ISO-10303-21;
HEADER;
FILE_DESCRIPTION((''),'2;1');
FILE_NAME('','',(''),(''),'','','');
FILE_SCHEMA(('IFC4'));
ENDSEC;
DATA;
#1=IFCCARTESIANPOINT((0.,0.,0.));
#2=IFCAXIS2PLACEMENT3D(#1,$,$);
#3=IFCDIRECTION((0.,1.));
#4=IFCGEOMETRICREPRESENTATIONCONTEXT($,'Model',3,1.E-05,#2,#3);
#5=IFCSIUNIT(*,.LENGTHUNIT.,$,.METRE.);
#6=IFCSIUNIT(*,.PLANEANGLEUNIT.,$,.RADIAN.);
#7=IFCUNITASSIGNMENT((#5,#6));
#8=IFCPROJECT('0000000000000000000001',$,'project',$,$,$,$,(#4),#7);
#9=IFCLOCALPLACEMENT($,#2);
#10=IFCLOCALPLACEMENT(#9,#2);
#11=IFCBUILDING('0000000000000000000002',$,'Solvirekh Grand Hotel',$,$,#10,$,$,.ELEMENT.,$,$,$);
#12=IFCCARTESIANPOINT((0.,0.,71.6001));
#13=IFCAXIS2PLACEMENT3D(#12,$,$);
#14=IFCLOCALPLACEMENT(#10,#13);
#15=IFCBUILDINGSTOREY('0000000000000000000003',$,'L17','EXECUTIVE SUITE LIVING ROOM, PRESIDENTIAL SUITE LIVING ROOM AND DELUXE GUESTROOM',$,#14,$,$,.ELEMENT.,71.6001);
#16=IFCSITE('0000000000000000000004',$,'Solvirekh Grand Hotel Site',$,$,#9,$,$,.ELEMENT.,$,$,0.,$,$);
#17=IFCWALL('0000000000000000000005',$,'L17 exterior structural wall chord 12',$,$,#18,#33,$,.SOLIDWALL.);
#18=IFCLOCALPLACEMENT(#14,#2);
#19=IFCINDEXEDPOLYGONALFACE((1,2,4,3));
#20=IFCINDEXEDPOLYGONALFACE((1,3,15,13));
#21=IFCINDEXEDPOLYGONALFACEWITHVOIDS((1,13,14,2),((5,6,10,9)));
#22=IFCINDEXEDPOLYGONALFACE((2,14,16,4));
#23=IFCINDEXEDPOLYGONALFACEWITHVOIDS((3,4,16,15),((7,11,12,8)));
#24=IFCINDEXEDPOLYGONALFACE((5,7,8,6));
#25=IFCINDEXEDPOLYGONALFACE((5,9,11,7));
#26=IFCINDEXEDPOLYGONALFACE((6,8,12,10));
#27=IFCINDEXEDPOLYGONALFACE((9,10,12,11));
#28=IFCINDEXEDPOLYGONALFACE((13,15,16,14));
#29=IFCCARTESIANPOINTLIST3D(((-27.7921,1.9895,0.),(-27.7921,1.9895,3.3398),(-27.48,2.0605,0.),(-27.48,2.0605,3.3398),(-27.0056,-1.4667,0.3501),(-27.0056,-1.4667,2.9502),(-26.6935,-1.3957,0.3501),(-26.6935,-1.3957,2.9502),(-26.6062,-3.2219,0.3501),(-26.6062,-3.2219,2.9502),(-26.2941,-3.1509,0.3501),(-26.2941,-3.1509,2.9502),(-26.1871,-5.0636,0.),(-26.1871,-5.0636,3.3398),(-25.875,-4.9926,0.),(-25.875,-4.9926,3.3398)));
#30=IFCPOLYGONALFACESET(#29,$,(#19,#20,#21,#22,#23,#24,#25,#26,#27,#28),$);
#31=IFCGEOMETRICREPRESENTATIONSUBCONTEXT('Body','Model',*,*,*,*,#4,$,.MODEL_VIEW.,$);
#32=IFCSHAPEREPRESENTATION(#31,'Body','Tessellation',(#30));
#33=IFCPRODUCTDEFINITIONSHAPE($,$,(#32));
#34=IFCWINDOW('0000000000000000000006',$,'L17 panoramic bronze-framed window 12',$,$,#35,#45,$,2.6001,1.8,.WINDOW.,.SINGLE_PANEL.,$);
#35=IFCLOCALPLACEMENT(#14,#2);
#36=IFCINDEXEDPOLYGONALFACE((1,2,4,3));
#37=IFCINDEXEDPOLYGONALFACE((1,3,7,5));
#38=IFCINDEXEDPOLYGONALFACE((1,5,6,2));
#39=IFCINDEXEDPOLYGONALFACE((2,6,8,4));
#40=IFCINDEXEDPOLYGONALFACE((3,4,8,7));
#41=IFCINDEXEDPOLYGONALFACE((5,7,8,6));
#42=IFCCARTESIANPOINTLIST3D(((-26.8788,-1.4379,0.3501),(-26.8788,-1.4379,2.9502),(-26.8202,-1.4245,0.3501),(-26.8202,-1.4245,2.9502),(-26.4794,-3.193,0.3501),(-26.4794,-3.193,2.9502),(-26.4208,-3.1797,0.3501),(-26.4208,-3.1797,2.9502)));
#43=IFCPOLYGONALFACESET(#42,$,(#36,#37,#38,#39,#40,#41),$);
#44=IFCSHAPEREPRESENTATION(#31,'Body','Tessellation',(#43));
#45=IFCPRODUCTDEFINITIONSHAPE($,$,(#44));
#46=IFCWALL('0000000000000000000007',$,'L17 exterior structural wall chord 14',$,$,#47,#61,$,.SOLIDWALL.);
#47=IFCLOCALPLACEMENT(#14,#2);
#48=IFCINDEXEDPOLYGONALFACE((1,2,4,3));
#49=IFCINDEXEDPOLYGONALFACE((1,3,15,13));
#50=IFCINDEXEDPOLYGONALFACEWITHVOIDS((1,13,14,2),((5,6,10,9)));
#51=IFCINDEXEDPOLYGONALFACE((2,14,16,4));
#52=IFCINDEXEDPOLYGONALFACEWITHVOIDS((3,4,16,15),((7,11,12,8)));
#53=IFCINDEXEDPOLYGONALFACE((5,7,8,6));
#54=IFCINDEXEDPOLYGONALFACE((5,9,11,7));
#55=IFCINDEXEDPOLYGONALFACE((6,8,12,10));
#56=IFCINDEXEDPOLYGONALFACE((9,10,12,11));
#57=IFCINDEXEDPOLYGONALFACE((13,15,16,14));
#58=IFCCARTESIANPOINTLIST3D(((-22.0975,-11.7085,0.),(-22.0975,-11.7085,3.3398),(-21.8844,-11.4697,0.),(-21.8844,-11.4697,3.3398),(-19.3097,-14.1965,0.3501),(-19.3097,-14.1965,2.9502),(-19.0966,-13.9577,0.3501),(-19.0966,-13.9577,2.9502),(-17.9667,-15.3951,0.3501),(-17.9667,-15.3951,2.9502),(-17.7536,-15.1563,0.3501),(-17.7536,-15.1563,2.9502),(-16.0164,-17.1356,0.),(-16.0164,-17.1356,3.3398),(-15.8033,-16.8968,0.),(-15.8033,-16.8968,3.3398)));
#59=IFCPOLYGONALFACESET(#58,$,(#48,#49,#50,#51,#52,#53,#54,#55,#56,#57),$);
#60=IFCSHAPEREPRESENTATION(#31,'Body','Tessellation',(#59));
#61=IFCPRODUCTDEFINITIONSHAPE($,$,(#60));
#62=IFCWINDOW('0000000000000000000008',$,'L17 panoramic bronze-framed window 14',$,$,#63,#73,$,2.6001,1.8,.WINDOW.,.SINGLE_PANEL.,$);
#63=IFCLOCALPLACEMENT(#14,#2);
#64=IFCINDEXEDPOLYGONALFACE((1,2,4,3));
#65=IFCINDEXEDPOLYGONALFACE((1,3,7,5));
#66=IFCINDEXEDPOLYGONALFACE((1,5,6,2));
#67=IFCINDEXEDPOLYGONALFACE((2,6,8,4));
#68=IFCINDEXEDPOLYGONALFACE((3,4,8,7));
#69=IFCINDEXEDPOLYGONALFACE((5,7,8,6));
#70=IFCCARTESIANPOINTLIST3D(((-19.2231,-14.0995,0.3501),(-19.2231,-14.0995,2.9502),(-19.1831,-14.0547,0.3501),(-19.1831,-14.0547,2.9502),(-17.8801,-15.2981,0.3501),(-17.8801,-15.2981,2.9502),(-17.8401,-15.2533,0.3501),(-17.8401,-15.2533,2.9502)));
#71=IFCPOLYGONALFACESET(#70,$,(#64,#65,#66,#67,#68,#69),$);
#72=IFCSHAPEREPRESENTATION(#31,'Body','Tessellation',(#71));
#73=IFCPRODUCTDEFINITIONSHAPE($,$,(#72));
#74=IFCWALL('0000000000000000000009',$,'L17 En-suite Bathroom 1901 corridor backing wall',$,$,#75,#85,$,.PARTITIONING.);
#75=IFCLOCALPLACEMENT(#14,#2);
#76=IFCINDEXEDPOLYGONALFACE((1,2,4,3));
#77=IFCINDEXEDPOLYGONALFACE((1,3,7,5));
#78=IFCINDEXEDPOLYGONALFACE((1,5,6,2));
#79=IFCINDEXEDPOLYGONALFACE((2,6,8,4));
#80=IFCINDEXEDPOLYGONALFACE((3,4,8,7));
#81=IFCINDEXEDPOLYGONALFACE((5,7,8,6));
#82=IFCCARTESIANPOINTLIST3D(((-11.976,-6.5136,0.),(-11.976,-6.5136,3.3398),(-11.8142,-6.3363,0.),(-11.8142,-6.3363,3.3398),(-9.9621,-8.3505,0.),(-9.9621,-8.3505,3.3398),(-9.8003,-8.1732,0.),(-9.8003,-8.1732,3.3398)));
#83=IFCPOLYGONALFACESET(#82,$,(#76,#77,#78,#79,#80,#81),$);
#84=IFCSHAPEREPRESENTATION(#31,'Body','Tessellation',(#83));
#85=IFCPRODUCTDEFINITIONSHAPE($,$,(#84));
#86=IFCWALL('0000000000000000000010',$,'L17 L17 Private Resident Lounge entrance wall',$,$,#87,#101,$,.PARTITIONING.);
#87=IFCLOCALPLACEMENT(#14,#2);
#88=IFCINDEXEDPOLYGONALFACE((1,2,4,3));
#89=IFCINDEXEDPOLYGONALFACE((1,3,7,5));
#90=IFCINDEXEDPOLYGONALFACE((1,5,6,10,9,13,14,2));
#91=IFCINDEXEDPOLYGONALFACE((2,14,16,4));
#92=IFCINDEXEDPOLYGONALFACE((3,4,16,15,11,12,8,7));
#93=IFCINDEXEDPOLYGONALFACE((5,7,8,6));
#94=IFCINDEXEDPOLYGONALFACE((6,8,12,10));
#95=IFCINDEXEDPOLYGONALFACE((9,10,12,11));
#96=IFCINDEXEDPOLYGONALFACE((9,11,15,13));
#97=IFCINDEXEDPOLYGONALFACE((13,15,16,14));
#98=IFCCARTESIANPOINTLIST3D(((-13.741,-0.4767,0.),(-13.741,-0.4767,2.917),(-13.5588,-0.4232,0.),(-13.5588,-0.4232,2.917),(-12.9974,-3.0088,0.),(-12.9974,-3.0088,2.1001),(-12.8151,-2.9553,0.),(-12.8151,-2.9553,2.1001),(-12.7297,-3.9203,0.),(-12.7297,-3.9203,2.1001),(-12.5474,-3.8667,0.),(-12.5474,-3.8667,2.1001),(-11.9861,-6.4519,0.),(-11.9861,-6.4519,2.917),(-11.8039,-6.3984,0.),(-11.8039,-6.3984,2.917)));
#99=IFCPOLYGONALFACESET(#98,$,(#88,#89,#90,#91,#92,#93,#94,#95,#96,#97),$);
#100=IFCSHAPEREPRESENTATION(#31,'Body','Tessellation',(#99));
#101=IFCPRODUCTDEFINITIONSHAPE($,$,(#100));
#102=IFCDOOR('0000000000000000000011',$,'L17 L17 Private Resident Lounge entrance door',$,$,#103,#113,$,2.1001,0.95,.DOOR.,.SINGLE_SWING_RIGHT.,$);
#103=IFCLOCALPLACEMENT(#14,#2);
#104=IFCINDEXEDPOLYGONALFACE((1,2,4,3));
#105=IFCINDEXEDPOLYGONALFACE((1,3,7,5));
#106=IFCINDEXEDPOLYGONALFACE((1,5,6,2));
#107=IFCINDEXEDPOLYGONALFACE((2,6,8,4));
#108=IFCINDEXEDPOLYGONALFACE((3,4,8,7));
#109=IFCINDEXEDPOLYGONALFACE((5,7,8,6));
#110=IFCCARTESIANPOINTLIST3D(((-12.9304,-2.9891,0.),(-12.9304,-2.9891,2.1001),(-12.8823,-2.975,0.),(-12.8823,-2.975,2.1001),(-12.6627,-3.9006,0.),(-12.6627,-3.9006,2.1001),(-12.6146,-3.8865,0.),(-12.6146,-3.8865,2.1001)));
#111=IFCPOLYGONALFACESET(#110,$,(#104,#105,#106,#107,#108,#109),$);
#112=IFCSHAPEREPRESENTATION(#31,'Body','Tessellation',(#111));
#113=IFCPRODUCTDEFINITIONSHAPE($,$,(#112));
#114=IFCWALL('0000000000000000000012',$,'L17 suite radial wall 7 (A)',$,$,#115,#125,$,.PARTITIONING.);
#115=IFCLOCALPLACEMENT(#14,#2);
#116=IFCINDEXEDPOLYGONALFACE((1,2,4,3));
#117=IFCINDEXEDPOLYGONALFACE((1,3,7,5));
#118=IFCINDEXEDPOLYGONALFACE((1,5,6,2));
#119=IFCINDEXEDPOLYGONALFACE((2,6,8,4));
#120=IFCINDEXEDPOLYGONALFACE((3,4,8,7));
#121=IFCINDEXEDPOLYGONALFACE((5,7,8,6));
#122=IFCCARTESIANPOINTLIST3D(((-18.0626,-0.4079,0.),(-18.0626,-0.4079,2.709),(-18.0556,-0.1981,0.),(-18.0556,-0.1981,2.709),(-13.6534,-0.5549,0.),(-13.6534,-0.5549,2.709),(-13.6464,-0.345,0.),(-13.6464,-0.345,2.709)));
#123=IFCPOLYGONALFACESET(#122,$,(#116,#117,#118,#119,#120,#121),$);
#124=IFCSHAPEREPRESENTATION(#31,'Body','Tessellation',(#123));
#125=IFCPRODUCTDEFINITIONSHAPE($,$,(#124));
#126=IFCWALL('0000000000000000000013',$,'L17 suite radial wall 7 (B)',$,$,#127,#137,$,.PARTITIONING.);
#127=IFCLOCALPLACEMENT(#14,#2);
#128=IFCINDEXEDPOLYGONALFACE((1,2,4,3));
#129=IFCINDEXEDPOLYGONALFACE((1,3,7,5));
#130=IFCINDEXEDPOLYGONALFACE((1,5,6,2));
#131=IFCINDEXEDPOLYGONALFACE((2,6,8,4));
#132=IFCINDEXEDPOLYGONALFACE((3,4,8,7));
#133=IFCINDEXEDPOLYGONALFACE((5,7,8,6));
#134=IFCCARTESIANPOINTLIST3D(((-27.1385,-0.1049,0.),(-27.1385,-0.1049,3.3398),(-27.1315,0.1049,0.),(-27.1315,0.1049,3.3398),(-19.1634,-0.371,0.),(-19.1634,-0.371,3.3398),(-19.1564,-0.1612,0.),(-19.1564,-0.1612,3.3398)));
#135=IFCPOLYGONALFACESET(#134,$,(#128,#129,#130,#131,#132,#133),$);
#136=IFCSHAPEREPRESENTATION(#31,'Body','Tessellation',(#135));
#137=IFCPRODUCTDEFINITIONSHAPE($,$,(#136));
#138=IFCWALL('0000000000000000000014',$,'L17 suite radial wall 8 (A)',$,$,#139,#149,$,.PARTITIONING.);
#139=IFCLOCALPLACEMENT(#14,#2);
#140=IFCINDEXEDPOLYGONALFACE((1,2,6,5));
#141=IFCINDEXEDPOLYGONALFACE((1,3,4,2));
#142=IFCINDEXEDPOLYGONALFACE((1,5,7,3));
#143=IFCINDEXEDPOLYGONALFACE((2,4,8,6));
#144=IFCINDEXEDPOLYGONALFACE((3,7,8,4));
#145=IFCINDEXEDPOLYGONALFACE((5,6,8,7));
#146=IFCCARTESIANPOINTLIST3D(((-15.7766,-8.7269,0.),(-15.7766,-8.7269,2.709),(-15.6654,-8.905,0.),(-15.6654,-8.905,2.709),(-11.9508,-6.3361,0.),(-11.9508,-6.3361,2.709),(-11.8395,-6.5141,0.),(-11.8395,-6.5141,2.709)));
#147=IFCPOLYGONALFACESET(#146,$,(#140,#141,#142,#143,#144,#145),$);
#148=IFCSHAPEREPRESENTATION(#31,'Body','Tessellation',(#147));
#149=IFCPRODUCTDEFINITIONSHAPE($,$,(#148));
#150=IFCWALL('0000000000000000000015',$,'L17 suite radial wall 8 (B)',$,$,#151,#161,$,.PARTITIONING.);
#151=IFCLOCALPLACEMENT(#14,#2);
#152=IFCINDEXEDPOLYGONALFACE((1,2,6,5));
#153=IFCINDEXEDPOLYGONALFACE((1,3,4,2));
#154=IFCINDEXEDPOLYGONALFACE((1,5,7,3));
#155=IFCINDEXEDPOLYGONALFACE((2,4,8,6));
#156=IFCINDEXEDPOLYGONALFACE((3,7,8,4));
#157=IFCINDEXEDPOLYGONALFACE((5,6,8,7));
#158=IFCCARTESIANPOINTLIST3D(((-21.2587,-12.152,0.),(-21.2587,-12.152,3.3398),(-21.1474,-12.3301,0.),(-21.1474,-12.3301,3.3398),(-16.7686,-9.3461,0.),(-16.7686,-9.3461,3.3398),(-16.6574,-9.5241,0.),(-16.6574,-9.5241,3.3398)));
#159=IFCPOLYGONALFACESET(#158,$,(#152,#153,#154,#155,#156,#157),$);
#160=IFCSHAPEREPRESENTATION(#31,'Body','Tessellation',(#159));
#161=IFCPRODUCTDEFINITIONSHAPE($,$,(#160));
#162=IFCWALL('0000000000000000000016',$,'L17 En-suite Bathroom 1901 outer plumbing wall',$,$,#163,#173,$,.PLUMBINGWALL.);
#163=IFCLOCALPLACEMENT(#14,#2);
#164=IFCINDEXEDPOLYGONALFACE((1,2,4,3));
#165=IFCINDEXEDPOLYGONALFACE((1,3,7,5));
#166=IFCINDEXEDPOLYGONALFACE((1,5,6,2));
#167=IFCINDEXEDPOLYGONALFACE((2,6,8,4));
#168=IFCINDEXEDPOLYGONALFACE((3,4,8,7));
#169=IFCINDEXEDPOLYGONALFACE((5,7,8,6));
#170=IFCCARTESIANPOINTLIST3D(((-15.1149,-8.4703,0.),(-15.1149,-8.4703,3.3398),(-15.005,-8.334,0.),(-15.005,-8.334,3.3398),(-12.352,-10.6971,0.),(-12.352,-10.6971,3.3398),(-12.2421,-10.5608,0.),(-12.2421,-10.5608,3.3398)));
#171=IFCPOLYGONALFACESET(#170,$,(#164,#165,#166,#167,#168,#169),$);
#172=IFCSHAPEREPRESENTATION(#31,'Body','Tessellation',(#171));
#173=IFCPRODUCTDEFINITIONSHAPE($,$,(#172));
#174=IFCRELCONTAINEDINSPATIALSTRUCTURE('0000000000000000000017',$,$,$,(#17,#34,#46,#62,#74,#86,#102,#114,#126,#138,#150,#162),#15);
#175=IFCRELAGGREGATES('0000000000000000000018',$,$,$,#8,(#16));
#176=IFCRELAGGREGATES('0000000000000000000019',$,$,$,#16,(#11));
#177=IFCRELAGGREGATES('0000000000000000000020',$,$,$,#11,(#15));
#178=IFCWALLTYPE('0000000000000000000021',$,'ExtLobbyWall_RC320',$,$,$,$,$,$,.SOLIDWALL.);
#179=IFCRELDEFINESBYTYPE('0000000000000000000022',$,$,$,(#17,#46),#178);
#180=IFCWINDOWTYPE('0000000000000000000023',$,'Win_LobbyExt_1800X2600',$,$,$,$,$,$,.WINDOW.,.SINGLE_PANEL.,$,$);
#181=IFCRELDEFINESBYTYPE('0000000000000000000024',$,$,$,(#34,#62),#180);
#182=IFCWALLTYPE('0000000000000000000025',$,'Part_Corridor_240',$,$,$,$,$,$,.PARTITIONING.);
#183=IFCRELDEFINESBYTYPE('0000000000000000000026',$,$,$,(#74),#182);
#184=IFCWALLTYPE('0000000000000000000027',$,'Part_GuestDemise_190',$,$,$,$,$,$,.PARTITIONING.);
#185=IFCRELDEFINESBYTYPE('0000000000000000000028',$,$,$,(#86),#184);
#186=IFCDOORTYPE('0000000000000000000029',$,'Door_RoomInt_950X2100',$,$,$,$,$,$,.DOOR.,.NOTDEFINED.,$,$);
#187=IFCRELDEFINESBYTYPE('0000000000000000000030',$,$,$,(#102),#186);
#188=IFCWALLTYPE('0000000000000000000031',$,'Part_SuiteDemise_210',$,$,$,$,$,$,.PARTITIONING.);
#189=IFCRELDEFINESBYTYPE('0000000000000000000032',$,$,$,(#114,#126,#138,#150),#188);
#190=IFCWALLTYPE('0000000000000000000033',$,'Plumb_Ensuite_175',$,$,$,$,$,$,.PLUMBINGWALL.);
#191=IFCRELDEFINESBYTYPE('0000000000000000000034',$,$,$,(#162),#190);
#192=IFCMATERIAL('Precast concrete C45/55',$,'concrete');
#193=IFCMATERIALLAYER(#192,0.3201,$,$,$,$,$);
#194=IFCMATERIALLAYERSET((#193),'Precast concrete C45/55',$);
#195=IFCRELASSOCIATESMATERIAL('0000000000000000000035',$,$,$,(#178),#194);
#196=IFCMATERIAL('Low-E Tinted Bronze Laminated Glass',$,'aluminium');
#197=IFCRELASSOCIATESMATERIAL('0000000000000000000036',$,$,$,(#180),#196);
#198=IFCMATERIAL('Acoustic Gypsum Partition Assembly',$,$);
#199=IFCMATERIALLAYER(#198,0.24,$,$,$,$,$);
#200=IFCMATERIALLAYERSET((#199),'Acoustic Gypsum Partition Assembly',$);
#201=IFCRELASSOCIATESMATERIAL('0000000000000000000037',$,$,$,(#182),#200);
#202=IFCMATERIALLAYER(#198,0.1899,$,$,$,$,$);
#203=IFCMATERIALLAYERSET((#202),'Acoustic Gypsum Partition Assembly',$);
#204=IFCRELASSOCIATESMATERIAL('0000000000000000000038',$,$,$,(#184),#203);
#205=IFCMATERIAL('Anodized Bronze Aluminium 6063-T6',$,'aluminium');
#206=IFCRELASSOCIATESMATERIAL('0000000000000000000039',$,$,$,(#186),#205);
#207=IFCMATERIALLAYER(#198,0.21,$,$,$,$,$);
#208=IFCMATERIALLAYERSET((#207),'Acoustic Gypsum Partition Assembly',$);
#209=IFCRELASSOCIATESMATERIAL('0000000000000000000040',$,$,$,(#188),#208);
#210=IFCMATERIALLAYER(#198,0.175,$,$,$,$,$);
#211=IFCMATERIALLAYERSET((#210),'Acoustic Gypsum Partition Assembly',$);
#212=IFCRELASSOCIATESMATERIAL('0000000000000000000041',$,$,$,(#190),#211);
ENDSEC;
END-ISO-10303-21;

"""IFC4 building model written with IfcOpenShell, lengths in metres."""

from ifc_helpers import new_model, si_unit, direction, frame, frame_2d, origin, place, context, subcontext, project, spatial, rectangle, extrude, material, layer, layer_set, type_object, element, fill, save


model = new_model("IFC4")

# Units and contexts
model_context = context("Model", 3, precision=1e-05, world=origin(), true_north=direction((0.0, 1.0)))
body_context = subcontext(model_context, "Body", "Model", "MODEL_VIEW")
ifc_project = project(units=[si_unit("LENGTHUNIT", "METRE"), si_unit("PLANEANGLEUNIT", "RADIAN")], contexts=[model_context])

# Site, building, storey
site_placement = place(None, origin())
site = spatial("IfcSite", under=ifc_project, at=site_placement, Name="Solvirekh Grand Hotel Site", CompositionType="ELEMENT", RefElevation=0.0)
building_placement = place(site_placement, origin())
building = spatial("IfcBuilding", under=site, at=building_placement, Name="Solvirekh Grand Hotel", CompositionType="ELEMENT")
storey_placement = place(building_placement, frame((0.0, 0.0, 71.6001)))
storey = spatial("IfcBuildingStorey", under=building, at=storey_placement, Name="L17", Description="EXECUTIVE SUITE LIVING ROOM, PRESIDENTIAL SUITE LIVING ROOM AND DELUXE GUESTROOM", CompositionType="ELEMENT", Elevation=71.6001)

# Shared definitions
ifc_material_1 = material(Name="Anodized Bronze Aluminium 6063-T6", Category="aluminium")

# Shared definitions
ifc_material_2 = material(Name="Low-E Tinted Bronze Laminated Glass", Category="aluminium")

# Walls, openings, windows
ifc_material_3 = material(Name="Precast concrete C45/55", Category="concrete")
ifc_layer_1 = layer(ifc_material_3, 0.3201)
ifc_layer_set_1 = layer_set([ifc_layer_1], Name="Precast concrete C45/55")
wall_type_1 = type_object("IfcWallType", Name="ExtLobbyWall_RC320", PredefinedType="SOLIDWALL", material=ifc_layer_set_1)
wall_1_placement = place(storey_placement, frame((-26.031, -5.0281, 0.0), z_axis=(0.0, 0.0, 1.0), x_axis=(-0.221888, 0.975072, 0.0)))
wall_1 = element("IfcWall", 1, at=wall_1_placement, inside=storey, type_object=wall_type_1, Name="L17 exterior structural wall chord 12", PredefinedType="SOLIDWALL", context=body_context, shape_type="SweptSolid", body=[
    extrude(rectangle(XDim=7.2334, YDim=0.3201, at=frame_2d((3.6167, 0.0))), origin(), (0.0, 0.0, 1.0), 3.3398),
])
opening_1_placement = place(wall_1_placement, frame((1.8889, 0.0, 0.3501)))
opening_1 = element("IfcOpeningElement", 2, at=opening_1_placement, cuts=wall_1, PredefinedType="OPENING", context=body_context, shape_type="SweptSolid", body=[
    extrude(rectangle(XDim=1.8, YDim=2.6001, at=frame_2d((0.8999, 1.3))), frame((0.0, 0.1699, 0.0), z_axis=(0.0, -1.0, 0.0), x_axis=(1.0, 0.0, 0.0)), (0.0, 0.0, 1.0), 0.3401),
])
window_type = type_object("IfcWindowType", Name="Win_LobbyExt_1800X2600", PartitioningType="SINGLE_PANEL", PredefinedType="WINDOW", material=ifc_material_2)
window_1_placement = place(opening_1_placement, origin())
window_1 = element("IfcWindow", 3, at=window_1_placement, inside=storey, type_object=window_type, Name="L17 panoramic bronze-framed window 12", OverallHeight=2.6001, OverallWidth=1.8, PartitioningType="SINGLE_PANEL", PredefinedType="WINDOW", context=body_context, shape_type="SweptSolid", body=[
    extrude(rectangle(XDim=1.8, YDim=2.6001, at=frame_2d((0.8999, 1.3))), frame((0.0, 0.03, 0.0), z_axis=(0.0, -1.0, 0.0), x_axis=(1.0, 0.0, 0.0)), (0.0, 0.0, 1.0), 0.0601),
])
fill(opening_1, window_1)
wall_2_placement = place(storey_placement, frame((-15.9099, -17.0161, 0.0), z_axis=(0.0, 0.0, 1.0), x_axis=(-0.746091, 0.665844, 0.0)))
wall_2 = element("IfcWall", 4, at=wall_2_placement, inside=storey, type_object=wall_type_1, Name="L17 exterior structural wall chord 14", PredefinedType="SOLIDWALL", context=body_context, shape_type="SweptSolid", body=[
    extrude(rectangle(XDim=8.1506, YDim=0.3201, at=frame_2d((4.0752, 0.0))), origin(), (0.0, 0.0, 1.0), 3.3398),
])
opening_2_placement = place(wall_2_placement, frame((2.614, 0.0, 0.3501)))
opening_2 = element("IfcOpeningElement", 5, at=opening_2_placement, cuts=wall_2, PredefinedType="OPENING", context=body_context, shape_type="SweptSolid", body=[
    extrude(rectangle(XDim=1.8, YDim=2.6001, at=frame_2d((0.8999, 1.3))), frame((0.0, 0.1699, 0.0), z_axis=(0.0, -1.0, 0.0), x_axis=(1.0, 0.0, 0.0)), (0.0, 0.0, 1.0), 0.3401),
])
window_2_placement = place(opening_2_placement, origin())
window_2 = element("IfcWindow", 6, at=window_2_placement, inside=storey, type_object=window_type, Name="L17 panoramic bronze-framed window 14", OverallHeight=2.6001, OverallWidth=1.8, PartitioningType="SINGLE_PANEL", PredefinedType="WINDOW", context=body_context, shape_type="SweptSolid", body=[
    extrude(rectangle(XDim=1.8, YDim=2.6001, at=frame_2d((0.8999, 1.3))), frame((0.0, 0.03, 0.0), z_axis=(0.0, -1.0, 0.0), x_axis=(1.0, 0.0, 0.0)), (0.0, 0.0, 1.0), 0.0601),
])
fill(opening_2, window_2)

# Wall
ifc_material_4 = material(Name="Acoustic Gypsum Partition Assembly")
ifc_layer_2 = layer(ifc_material_4, 0.24)
ifc_layer_set_2 = layer_set([ifc_layer_2], Name="Acoustic Gypsum Partition Assembly")
wall_type_2 = type_object("IfcWallType", Name="Part_Corridor_240", PredefinedType="PARTITIONING", material=ifc_layer_set_2)
wall_3_placement = place(storey_placement, frame((-11.895, -6.425, 0.0), z_axis=(0.0, 0.0, 1.0), x_axis=(0.738829, -0.673893, 0.0)))
element("IfcWall", 7, at=wall_3_placement, inside=storey, type_object=wall_type_2, Name="L17 En-suite Bathroom 1901 corridor backing wall", PredefinedType="PARTITIONING", context=body_context, shape_type="SweptSolid", body=[
    extrude(rectangle(XDim=2.7258, YDim=0.24, at=frame_2d((1.3628, 0.0))), origin(), (0.0, 0.0, 1.0), 3.3398),
])

# Wall, opening, door
ifc_layer_3 = layer(ifc_material_4, 0.1899)
ifc_layer_set_3 = layer_set([ifc_layer_3], Name="Acoustic Gypsum Partition Assembly")
wall_type_3 = type_object("IfcWallType", Name="Part_GuestDemise_190", PredefinedType="PARTITIONING", material=ifc_layer_set_3)
wall_4_placement = place(storey_placement, frame((-13.6499, -0.45, 0.0), z_axis=(0.0, 0.0, 1.0), x_axis=(0.281797, -0.959474, 0.0)))
wall_4 = element("IfcWall", 8, at=wall_4_placement, inside=storey, type_object=wall_type_3, Name="L17 L17 Private Resident Lounge entrance wall", PredefinedType="PARTITIONING", context=body_context, shape_type="SweptSolid", body=[
    extrude(rectangle(XDim=6.2275, YDim=0.1899, at=frame_2d((3.1138, 0.0))), origin(), (0.0, 0.0, 1.0), 2.917),
])
opening_3_placement = place(wall_4_placement, frame((2.6389, 0.0, 0.0)))
opening_3 = element("IfcOpeningElement", 9, at=opening_3_placement, cuts=wall_4, PredefinedType="OPENING", context=body_context, shape_type="SweptSolid", body=[
    extrude(rectangle(XDim=0.95, YDim=2.1001, at=frame_2d((0.4751, 1.05))), frame((0.0, 0.105, 0.0), z_axis=(0.0, -1.0, 0.0), x_axis=(1.0, 0.0, 0.0)), (0.0, 0.0, 1.0), 0.21),
])
door_type_1 = type_object("IfcDoorType", Name="Door_RoomInt_950X2100", OperationType="NOTDEFINED", PredefinedType="DOOR", material=ifc_material_1)
door_1_placement = place(opening_3_placement, origin())
door_1 = element("IfcDoor", 10, at=door_1_placement, inside=storey, type_object=door_type_1, Name="L17 L17 Private Resident Lounge entrance door", OperationType="SINGLE_SWING_RIGHT", OverallHeight=2.1001, OverallWidth=0.95, PredefinedType="DOOR", context=body_context, shape_type="SweptSolid", body=[
    extrude(rectangle(XDim=0.95, YDim=2.1001, at=frame_2d((0.4751, 1.05))), frame((0.0, 0.0249, 0.0), z_axis=(0.0, -1.0, 0.0), x_axis=(1.0, 0.0, 0.0)), (0.0, 0.0, 1.0), 0.05),
])
fill(opening_3, door_1)

# Walls
ifc_layer_4 = layer(ifc_material_4, 0.21)
ifc_layer_set_4 = layer_set([ifc_layer_4], Name="Acoustic Gypsum Partition Assembly")
wall_type_4 = type_object("IfcWallType", Name="Part_SuiteDemise_210", PredefinedType="PARTITIONING", material=ifc_layer_set_4)
wall_5_placement = place(storey_placement, frame((-13.6499, -0.45, 0.0), z_axis=(0.0, 0.0, 1.0), x_axis=(-0.999445, 0.033315, 0.0)))
element("IfcWall", 11, at=wall_5_placement, inside=storey, type_object=wall_type_4, Name="L17 suite radial wall 7 (A)", PredefinedType="PARTITIONING", context=body_context, shape_type="SweptSolid", body=[
    extrude(rectangle(XDim=4.4116, YDim=0.21, at=frame_2d((2.2058, 0.0))), origin(), (0.0, 0.0, 1.0), 2.709),
])
wall_6_placement = place(storey_placement, frame((-19.1599, -0.2661, 0.0), z_axis=(0.0, 0.0, 1.0), x_axis=(-0.999444, 0.033349, 0.0)))
element("IfcWall", 12, at=wall_6_placement, inside=storey, type_object=wall_type_4, Name="L17 suite radial wall 7 (B)", PredefinedType="PARTITIONING", context=body_context, shape_type="SweptSolid", body=[
    extrude(rectangle(XDim=7.9795, YDim=0.21, at=frame_2d((3.9897, 0.0))), origin(), (0.0, 0.0, 1.0), 3.3398),
])
wall_7_placement = place(storey_placement, frame((-11.895, -6.425, 0.0), z_axis=(0.0, 0.0, 1.0), x_axis=(-0.848032, -0.529945, 0.0)))
element("IfcWall", 13, at=wall_7_placement, inside=storey, type_object=wall_type_4, Name="L17 suite radial wall 8 (A)", PredefinedType="PARTITIONING", context=body_context, shape_type="SweptSolid", body=[
    extrude(rectangle(XDim=4.5115, YDim=0.21, at=frame_2d((2.2559, 0.0))), origin(), (0.0, 0.0, 1.0), 2.709),
])
wall_8_placement = place(storey_placement, frame((-16.7129, -9.4351, 0.0), z_axis=(0.0, 0.0, 1.0), x_axis=(-0.848027, -0.529953, 0.0)))
element("IfcWall", 14, at=wall_8_placement, inside=storey, type_object=wall_type_4, Name="L17 suite radial wall 8 (B)", PredefinedType="PARTITIONING", context=body_context, shape_type="SweptSolid", body=[
    extrude(rectangle(XDim=5.2947, YDim=0.21, at=frame_2d((2.6475, 0.0))), origin(), (0.0, 0.0, 1.0), 3.3398),
])
ifc_layer_5 = layer(ifc_material_4, 0.175)
ifc_layer_set_5 = layer_set([ifc_layer_5], Name="Acoustic Gypsum Partition Assembly")
wall_type_5 = type_object("IfcWallType", Name="Plumb_Ensuite_175", PredefinedType="PLUMBINGWALL", material=ifc_layer_set_5)
wall_9_placement = place(storey_placement, frame((-15.0601, -8.4021, 0.0), z_axis=(0.0, 0.0, 1.0), x_axis=(0.778602, -0.627518, 0.0)))
element("IfcWall", 15, at=wall_9_placement, inside=storey, type_object=wall_type_5, Name="L17 En-suite Bathroom 1901 outer plumbing wall", PredefinedType="PLUMBINGWALL", context=body_context, shape_type="SweptSolid", body=[
    extrude(rectangle(XDim=3.5486, YDim=0.175, at=frame_2d((1.7744, 0.0))), origin(), (0.0, 0.0, 1.0), 3.3398),
])

save(model, "model.ifc")
